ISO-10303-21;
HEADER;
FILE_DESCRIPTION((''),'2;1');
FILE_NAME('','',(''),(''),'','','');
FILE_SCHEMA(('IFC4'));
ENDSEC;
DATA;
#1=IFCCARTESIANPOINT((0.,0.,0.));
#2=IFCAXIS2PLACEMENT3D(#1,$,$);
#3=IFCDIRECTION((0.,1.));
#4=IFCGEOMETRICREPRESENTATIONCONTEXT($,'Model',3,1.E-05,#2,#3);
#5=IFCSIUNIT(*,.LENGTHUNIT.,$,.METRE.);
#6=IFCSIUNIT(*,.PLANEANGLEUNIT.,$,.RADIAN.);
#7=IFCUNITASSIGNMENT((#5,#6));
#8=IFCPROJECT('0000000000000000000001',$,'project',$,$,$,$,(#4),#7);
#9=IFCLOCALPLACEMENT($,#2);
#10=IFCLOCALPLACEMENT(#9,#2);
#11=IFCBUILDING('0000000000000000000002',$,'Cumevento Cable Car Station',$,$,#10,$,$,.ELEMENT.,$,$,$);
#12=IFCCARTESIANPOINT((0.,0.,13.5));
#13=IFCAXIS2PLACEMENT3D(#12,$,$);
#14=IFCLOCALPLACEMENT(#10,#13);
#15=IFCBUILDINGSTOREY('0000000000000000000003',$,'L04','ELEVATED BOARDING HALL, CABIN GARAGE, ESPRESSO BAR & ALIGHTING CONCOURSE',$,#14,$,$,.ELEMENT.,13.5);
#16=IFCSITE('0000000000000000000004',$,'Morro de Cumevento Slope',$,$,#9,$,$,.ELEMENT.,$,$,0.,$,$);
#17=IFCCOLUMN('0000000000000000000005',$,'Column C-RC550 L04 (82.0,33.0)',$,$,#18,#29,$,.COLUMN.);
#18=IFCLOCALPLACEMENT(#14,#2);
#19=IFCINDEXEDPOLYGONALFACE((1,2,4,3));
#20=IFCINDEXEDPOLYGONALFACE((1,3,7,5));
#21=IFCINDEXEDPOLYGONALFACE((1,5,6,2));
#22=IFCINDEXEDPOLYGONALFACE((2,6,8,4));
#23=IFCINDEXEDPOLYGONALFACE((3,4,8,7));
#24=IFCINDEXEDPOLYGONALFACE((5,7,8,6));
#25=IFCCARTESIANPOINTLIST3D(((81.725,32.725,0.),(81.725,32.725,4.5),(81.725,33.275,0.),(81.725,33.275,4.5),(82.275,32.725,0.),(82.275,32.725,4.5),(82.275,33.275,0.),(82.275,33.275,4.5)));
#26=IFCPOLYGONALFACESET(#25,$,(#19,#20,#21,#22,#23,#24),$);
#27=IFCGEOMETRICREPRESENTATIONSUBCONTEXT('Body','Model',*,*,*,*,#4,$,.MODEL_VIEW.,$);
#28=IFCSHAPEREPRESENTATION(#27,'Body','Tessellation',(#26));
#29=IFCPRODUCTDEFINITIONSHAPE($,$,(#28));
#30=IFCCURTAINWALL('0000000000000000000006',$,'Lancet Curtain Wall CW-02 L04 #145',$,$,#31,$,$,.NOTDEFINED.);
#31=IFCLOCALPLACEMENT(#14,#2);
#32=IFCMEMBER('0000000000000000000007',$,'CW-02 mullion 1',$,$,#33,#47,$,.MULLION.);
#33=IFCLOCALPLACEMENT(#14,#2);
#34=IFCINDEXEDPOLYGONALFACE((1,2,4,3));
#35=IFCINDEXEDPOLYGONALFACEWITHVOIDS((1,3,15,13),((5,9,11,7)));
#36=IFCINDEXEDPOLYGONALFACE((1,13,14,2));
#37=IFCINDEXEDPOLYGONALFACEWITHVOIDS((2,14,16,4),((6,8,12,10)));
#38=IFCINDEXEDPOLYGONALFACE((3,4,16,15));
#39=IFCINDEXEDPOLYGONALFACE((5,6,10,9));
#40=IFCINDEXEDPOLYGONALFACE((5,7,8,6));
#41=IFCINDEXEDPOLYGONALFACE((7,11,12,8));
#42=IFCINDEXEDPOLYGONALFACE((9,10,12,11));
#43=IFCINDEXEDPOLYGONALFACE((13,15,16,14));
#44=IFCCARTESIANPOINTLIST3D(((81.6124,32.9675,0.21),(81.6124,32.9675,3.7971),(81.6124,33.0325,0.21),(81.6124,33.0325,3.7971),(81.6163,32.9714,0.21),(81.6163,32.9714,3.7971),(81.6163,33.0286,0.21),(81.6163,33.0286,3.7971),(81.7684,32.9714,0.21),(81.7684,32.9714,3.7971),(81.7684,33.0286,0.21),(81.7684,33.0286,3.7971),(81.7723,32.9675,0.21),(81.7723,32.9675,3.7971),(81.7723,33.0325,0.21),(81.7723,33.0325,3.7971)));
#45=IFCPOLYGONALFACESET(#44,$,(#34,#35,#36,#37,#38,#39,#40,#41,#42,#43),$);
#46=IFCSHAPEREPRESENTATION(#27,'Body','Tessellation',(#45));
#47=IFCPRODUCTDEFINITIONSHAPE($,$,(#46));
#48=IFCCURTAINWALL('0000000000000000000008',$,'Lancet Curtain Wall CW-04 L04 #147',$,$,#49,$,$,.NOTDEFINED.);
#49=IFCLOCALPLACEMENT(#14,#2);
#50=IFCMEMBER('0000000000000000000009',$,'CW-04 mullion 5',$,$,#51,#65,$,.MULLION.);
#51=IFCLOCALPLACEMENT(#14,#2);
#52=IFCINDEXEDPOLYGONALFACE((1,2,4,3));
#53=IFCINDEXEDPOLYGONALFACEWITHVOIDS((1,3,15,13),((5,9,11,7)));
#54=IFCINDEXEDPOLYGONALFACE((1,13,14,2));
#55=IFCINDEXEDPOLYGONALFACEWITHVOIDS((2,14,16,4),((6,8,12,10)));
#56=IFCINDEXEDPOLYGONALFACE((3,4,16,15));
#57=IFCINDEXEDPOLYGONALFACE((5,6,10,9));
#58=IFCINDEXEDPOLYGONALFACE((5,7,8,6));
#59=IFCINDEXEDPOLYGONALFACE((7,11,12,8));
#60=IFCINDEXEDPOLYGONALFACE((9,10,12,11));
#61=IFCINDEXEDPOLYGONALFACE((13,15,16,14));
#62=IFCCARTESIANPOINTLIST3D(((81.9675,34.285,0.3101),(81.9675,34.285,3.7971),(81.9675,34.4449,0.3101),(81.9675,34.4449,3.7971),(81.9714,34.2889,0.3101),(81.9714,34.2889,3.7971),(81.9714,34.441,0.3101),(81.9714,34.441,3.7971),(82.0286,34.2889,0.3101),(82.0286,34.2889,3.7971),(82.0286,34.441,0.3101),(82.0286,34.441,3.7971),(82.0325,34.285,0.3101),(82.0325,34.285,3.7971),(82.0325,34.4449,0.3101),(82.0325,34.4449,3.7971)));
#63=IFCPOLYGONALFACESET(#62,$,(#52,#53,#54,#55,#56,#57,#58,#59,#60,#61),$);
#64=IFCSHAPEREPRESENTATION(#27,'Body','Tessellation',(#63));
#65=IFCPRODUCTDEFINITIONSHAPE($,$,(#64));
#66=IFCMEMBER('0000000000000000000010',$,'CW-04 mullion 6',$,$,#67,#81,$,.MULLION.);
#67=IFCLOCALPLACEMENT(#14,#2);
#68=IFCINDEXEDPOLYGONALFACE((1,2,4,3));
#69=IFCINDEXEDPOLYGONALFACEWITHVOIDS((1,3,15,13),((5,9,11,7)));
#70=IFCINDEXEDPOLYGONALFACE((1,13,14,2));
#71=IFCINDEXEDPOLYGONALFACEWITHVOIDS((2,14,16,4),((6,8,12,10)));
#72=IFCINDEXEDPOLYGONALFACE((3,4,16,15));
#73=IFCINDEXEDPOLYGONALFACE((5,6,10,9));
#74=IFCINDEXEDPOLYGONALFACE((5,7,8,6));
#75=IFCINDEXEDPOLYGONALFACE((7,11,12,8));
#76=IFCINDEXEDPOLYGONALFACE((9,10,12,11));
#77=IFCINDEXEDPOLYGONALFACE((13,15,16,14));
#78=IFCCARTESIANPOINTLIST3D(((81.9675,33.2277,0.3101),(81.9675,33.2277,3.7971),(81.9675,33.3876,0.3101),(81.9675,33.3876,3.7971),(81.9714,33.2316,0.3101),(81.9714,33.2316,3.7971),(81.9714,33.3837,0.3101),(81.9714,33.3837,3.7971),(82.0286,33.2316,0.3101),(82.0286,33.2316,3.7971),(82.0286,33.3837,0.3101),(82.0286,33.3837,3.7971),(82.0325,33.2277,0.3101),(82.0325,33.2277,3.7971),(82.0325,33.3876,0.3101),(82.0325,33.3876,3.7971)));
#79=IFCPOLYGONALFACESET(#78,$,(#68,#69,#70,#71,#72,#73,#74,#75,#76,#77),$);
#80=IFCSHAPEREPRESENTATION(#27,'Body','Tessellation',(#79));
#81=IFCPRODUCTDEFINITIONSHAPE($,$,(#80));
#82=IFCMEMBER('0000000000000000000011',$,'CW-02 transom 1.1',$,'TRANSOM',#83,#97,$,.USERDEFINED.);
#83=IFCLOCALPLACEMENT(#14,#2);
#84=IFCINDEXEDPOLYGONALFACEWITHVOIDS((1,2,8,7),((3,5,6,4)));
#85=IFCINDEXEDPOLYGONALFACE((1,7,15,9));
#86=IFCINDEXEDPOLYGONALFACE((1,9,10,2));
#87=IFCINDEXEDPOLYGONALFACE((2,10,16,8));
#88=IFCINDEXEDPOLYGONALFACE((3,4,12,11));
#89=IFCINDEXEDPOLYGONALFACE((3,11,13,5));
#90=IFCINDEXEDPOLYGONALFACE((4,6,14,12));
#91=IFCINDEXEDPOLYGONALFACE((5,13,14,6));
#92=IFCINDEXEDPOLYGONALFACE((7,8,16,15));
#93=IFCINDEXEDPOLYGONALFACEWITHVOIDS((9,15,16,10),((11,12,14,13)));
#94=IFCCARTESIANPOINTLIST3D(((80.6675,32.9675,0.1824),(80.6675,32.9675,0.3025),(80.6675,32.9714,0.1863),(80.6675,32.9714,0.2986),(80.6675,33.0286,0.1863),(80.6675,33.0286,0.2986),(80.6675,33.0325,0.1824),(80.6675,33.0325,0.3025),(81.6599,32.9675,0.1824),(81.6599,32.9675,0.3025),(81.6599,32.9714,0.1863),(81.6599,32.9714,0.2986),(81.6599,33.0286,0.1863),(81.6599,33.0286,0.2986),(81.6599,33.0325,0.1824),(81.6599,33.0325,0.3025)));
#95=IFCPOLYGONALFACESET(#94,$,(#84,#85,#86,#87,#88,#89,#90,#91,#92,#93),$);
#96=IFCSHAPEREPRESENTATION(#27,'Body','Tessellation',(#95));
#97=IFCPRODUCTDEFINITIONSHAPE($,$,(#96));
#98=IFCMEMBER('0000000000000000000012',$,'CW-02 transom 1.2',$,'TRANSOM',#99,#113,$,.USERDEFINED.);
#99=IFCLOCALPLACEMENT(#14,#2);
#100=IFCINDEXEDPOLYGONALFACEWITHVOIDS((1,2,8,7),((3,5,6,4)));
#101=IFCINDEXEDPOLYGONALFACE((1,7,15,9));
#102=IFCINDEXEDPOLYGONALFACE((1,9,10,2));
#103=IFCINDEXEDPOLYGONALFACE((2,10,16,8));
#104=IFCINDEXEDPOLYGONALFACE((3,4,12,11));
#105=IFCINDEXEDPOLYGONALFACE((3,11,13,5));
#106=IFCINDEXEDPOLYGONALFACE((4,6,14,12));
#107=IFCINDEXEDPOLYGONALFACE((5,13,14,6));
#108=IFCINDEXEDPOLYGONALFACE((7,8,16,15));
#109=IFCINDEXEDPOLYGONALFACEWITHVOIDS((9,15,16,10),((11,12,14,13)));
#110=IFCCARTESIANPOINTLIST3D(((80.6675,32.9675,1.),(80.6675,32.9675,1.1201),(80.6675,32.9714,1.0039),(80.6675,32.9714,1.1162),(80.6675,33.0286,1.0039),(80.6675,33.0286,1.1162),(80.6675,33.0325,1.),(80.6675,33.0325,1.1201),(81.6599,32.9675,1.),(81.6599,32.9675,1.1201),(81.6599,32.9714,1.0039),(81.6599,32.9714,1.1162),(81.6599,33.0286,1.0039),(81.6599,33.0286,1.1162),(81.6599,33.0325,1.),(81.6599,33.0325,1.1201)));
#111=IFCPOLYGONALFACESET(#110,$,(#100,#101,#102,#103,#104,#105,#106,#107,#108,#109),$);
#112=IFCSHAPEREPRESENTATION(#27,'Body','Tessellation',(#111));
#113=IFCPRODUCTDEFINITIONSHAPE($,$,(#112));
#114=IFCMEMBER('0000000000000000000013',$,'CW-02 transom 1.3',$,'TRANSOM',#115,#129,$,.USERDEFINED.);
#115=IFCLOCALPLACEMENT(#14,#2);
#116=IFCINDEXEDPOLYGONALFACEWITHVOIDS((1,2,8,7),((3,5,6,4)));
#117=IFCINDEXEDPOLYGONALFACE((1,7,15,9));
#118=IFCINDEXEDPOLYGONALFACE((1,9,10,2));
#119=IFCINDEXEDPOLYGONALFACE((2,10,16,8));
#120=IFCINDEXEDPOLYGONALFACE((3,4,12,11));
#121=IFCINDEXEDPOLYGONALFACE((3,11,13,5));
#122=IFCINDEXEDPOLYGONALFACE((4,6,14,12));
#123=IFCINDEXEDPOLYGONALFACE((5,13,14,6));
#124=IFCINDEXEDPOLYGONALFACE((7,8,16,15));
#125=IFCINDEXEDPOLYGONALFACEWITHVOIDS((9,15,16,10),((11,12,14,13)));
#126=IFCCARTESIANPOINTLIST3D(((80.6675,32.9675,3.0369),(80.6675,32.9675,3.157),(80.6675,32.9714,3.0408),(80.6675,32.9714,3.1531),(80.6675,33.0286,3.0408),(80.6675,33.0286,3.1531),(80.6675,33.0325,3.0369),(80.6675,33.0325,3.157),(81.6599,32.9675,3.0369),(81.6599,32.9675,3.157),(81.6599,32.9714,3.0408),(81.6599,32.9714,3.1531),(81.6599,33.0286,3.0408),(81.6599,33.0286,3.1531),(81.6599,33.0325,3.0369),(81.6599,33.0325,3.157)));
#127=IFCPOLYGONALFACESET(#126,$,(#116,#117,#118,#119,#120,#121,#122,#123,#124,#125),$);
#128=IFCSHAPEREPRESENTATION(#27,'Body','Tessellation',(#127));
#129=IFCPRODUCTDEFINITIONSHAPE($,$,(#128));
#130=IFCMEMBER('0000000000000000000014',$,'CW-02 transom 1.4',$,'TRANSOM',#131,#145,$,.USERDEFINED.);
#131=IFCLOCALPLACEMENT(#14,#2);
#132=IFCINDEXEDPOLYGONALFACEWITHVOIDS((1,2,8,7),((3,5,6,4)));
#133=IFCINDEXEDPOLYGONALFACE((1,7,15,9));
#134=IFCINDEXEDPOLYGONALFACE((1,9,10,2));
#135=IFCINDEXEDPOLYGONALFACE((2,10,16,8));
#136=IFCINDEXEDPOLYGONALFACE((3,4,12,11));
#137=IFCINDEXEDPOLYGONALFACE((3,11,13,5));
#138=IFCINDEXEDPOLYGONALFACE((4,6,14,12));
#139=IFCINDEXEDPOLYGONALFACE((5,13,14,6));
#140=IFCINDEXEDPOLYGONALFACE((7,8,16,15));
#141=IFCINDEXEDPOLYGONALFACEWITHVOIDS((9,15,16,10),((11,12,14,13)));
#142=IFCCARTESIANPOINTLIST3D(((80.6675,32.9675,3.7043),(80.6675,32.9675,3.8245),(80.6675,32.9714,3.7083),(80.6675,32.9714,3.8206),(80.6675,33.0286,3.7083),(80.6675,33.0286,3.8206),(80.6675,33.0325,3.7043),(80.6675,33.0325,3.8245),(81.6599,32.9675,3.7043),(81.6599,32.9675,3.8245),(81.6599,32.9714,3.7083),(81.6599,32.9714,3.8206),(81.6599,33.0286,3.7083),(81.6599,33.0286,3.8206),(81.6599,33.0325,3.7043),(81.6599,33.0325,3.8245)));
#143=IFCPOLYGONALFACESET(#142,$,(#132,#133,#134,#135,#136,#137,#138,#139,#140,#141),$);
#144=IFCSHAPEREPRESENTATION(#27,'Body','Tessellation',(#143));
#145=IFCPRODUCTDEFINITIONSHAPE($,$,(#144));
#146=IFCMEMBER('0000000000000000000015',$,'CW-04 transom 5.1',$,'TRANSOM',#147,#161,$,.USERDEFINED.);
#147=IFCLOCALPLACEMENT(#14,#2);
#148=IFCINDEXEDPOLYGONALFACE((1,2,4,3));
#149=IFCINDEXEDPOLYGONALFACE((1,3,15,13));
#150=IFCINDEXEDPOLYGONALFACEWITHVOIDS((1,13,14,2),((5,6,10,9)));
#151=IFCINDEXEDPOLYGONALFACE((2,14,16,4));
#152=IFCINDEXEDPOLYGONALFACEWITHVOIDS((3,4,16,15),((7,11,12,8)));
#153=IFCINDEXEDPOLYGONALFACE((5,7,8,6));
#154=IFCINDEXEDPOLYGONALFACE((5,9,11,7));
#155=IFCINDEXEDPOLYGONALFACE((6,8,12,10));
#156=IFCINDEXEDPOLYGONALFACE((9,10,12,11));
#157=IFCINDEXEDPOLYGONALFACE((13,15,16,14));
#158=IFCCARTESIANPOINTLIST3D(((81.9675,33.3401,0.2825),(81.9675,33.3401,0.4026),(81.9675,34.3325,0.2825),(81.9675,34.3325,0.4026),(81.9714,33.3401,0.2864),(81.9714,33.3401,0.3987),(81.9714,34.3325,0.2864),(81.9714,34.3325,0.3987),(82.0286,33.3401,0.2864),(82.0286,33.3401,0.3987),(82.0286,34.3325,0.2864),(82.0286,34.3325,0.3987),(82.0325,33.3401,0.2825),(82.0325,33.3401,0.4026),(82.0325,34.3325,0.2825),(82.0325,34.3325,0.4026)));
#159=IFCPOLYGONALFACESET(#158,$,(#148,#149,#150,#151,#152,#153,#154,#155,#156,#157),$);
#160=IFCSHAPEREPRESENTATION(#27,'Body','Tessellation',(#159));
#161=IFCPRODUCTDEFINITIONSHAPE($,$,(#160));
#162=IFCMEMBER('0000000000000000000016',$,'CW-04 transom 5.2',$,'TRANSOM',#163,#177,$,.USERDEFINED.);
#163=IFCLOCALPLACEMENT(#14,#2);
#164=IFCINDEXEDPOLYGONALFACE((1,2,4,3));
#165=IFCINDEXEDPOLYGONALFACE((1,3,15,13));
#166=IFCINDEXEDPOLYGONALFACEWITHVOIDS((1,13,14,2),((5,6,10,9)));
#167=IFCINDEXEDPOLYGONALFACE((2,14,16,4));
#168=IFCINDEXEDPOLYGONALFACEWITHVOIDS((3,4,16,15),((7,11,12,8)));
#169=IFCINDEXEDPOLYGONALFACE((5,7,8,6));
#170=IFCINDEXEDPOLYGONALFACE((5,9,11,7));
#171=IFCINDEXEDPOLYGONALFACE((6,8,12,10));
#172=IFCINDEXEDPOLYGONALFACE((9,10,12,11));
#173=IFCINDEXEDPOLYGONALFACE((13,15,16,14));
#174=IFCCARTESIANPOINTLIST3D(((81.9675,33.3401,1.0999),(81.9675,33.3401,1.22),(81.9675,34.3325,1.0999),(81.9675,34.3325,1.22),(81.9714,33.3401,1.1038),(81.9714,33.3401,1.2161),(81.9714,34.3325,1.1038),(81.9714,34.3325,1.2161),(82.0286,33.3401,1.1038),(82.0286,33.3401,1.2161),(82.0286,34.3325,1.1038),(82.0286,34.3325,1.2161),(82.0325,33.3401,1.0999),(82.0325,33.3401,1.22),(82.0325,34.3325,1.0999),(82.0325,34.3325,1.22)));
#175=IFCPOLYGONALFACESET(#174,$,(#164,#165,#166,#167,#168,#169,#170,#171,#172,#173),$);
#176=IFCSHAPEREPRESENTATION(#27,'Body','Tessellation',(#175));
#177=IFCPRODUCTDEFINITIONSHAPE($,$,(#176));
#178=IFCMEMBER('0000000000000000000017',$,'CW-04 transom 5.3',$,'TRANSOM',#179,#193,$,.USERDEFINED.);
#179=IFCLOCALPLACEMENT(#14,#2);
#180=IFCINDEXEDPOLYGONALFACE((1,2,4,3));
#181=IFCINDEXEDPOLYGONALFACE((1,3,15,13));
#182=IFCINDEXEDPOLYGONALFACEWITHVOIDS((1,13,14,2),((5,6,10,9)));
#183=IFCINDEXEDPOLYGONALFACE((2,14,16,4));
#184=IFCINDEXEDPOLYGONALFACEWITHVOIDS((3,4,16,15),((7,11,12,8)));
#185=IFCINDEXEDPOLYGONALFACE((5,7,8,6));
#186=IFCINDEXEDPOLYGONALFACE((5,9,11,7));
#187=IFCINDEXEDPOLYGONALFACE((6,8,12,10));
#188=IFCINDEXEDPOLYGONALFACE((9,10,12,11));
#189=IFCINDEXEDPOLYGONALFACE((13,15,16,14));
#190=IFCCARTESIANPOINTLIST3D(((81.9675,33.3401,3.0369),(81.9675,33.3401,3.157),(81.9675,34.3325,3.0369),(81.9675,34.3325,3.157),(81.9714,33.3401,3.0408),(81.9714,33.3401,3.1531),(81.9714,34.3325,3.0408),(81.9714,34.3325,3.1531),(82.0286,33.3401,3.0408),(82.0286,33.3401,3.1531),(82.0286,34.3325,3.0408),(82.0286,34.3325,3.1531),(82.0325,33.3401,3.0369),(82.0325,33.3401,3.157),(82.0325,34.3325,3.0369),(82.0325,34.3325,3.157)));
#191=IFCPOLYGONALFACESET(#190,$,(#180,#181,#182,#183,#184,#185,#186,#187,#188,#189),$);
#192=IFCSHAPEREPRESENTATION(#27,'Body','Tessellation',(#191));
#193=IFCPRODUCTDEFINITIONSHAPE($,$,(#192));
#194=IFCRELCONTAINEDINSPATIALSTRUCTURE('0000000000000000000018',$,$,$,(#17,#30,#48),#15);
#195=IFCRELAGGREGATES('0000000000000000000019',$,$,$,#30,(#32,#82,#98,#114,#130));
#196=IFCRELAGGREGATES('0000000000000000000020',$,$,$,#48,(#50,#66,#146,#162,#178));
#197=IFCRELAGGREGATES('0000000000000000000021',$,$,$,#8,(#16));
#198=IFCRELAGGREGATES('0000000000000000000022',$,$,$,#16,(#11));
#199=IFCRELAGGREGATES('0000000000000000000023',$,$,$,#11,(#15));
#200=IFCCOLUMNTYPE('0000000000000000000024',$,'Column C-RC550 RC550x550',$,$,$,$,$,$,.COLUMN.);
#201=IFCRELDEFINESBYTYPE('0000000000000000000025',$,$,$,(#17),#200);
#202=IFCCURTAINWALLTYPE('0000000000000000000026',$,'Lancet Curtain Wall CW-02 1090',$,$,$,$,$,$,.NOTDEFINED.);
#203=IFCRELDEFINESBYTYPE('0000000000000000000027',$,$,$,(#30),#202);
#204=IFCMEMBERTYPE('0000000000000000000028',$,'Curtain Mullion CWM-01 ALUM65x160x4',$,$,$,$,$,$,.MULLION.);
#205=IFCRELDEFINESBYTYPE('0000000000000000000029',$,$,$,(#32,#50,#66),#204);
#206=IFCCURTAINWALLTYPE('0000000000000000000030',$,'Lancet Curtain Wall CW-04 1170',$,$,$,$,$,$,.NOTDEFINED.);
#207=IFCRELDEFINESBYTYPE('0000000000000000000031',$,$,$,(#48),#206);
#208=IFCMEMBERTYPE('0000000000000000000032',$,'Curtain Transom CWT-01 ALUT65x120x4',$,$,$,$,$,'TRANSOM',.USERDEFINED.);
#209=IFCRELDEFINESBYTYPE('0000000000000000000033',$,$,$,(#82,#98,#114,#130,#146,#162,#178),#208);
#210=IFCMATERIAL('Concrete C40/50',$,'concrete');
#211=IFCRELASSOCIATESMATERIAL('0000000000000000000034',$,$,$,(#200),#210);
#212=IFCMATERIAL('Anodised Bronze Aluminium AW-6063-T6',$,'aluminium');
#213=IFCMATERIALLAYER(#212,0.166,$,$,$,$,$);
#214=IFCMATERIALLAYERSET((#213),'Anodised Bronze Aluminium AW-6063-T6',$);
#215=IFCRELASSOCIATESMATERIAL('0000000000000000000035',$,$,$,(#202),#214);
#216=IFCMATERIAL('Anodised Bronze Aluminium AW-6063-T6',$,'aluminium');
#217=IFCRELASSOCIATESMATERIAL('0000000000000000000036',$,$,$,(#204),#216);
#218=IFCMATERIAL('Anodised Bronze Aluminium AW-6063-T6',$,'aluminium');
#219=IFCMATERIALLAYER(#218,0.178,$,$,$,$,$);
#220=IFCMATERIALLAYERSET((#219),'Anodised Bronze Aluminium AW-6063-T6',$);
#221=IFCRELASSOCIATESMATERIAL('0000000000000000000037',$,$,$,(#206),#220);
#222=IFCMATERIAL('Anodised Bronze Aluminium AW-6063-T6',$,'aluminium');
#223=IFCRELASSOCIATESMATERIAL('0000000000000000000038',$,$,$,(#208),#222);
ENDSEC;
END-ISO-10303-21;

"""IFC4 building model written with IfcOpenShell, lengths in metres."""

from ifc_helpers import new_model, si_unit, direction, frame, origin, origin_2d, place, context, subcontext, project, spatial, rectangle, hollow_rectangle, extrude, material, layer, layer_set, material_profile, profile_set, type_object, element, aggregate, save


model = new_model("IFC4")

# Units and contexts
model_context = context("Model", 3, precision=1e-05, world=origin(), true_north=direction((0.0, 1.0)))
body_context = subcontext(model_context, "Body", "Model", "MODEL_VIEW")
ifc_project = project(units=[si_unit("LENGTHUNIT", "METRE"), si_unit("PLANEANGLEUNIT", "RADIAN")], contexts=[model_context])

# Site, building, storey
site_placement = place(None, origin())
site = spatial("IfcSite", under=ifc_project, at=site_placement, Name="Morro de Cumevento Slope", CompositionType="ELEMENT", RefElevation=0.0)
building_placement = place(site_placement, origin())
building = spatial("IfcBuilding", under=site, at=building_placement, Name="Cumevento Cable Car Station", CompositionType="ELEMENT")
storey_placement = place(building_placement, frame((0.0, 0.0, 13.5)))
storey = spatial("IfcBuildingStorey", under=building, at=storey_placement, Name="L04", Description="ELEVATED BOARDING HALL, CABIN GARAGE, ESPRESSO BAR & ALIGHTING CONCOURSE", CompositionType="ELEMENT", Elevation=13.5)

# Column
ifc_material_1 = material(Name="Concrete C40/50", Category="concrete")
ifc_material_profile_1 = material_profile(ifc_material_1, rectangle(XDim=0.55, YDim=0.55, at=origin_2d()), Name="RC550x550")
ifc_profile_set_1 = profile_set([ifc_material_profile_1], Name="Concrete C40/50")
column_type = type_object("IfcColumnType", Name="Column C-RC550 RC550x550", PredefinedType="COLUMN", material=ifc_profile_set_1)
column_placement = place(storey_placement, frame((82.0, 33.0, 0.0), z_axis=(0.0, 0.0, 1.0), x_axis=(1.0, 0.0, 0.0)))
element("IfcColumn", 1, at=column_placement, inside=storey, type_object=column_type, Name="Column C-RC550 L04 (82.0,33.0)", PredefinedType="COLUMN", context=body_context, shape_type="SweptSolid", body=[
    extrude(rectangle(XDim=0.55, YDim=0.55, at=origin_2d()), origin(), (0.0, 0.0, 1.0), 4.5),
])

# Curtain wall, member
ifc_material_2 = material(Name="Anodised Bronze Aluminium AW-6063-T6", Category="aluminium")
ifc_layer_1 = layer(ifc_material_2, 0.166)
ifc_layer_set_1 = layer_set([ifc_layer_1], Name="Anodised Bronze Aluminium AW-6063-T6")
curtain_wall_type_1 = type_object("IfcCurtainWallType", Name="Lancet Curtain Wall CW-02 1090", PredefinedType="NOTDEFINED", material=ifc_layer_set_1)
curtain_wall_1_placement = place(storey_placement, origin())
curtain_wall_1 = element("IfcCurtainWall", 2, at=curtain_wall_1_placement, inside=storey, type_object=curtain_wall_type_1, Name="Lancet Curtain Wall CW-02 L04 #145", PredefinedType="NOTDEFINED")
ifc_material_3 = material(Name="Anodised Bronze Aluminium AW-6063-T6", Category="aluminium")
ifc_material_profile_2 = material_profile(ifc_material_3, hollow_rectangle(XDim=0.0649, YDim=0.1599, WallThickness=0.0039, at=origin_2d()), Name="ALUM65x160x4")
ifc_profile_set_2 = profile_set([ifc_material_profile_2], Name="Anodised Bronze Aluminium AW-6063-T6")
member_type_1 = type_object("IfcMemberType", Name="Curtain Mullion CWM-01 ALUM65x160x4", PredefinedType="MULLION", material=ifc_profile_set_2)
member_1_placement = place(storey_placement, frame((81.6924, 33.0, 0.21), z_axis=(0.0, 0.0, 1.0), x_axis=(0.0, -1.0, 0.0)))
member_1 = element("IfcMember", 3, at=member_1_placement, type_object=member_type_1, Name="CW-02 mullion 1", PredefinedType="MULLION", context=body_context, shape_type="SweptSolid", body=[
    extrude(hollow_rectangle(XDim=0.0649, YDim=0.1599, WallThickness=0.0039, at=origin_2d()), origin(), (0.0, 0.0, 1.0), 3.5872),
])

# Curtain wall, members
ifc_material_4 = material(Name="Anodised Bronze Aluminium AW-6063-T6", Category="aluminium")
ifc_layer_2 = layer(ifc_material_4, 0.178)
ifc_layer_set_2 = layer_set([ifc_layer_2], Name="Anodised Bronze Aluminium AW-6063-T6")
curtain_wall_type_2 = type_object("IfcCurtainWallType", Name="Lancet Curtain Wall CW-04 1170", PredefinedType="NOTDEFINED", material=ifc_layer_set_2)
curtain_wall_2_placement = place(storey_placement, origin())
curtain_wall_2 = element("IfcCurtainWall", 4, at=curtain_wall_2_placement, inside=storey, type_object=curtain_wall_type_2, Name="Lancet Curtain Wall CW-04 L04 #147", PredefinedType="NOTDEFINED")
member_2_placement = place(storey_placement, frame((82.0, 34.365, 0.3101), z_axis=(0.0, 0.0, 1.0), x_axis=(1.0, 0.0, 0.0)))
member_2 = element("IfcMember", 5, at=member_2_placement, type_object=member_type_1, Name="CW-04 mullion 5", PredefinedType="MULLION", context=body_context, shape_type="SweptSolid", body=[
    extrude(hollow_rectangle(XDim=0.0649, YDim=0.1599, WallThickness=0.0039, at=origin_2d()), origin(), (0.0, 0.0, 1.0), 3.4871),
])
member_3_placement = place(storey_placement, frame((82.0, 33.3076, 0.3101), z_axis=(0.0, 0.0, 1.0), x_axis=(1.0, 0.0, 0.0)))
member_3 = element("IfcMember", 6, at=member_3_placement, type_object=member_type_1, Name="CW-04 mullion 6", PredefinedType="MULLION", context=body_context, shape_type="SweptSolid", body=[
    extrude(hollow_rectangle(XDim=0.0649, YDim=0.1599, WallThickness=0.0039, at=origin_2d()), origin(), (0.0, 0.0, 1.0), 3.4871),
])

# Members
ifc_material_5 = material(Name="Anodised Bronze Aluminium AW-6063-T6", Category="aluminium")
ifc_material_profile_3 = material_profile(ifc_material_5, hollow_rectangle(XDim=0.0649, YDim=0.1201, WallThickness=0.0039, at=origin_2d()), Name="ALUT65x120x4")
ifc_profile_set_3 = profile_set([ifc_material_profile_3], Name="Anodised Bronze Aluminium AW-6063-T6")
member_type_2 = type_object("IfcMemberType", Name="Curtain Transom CWT-01 ALUT65x120x4", ElementType="TRANSOM", PredefinedType="USERDEFINED", material=ifc_profile_set_3)
member_4_placement = place(storey_placement, frame((81.6599, 33.0, 0.2424), z_axis=(-1.0, 0.0, 0.0), x_axis=(0.0, -1.0, 0.0)))
member_4 = element("IfcMember", 7, at=member_4_placement, type_object=member_type_2, Name="CW-02 transom 1.1", ObjectType="TRANSOM", PredefinedType="USERDEFINED", context=body_context, shape_type="SweptSolid", body=[
    extrude(hollow_rectangle(XDim=0.0649, YDim=0.1201, WallThickness=0.0039, at=origin_2d()), origin(), (0.0, 0.0, 1.0), 0.9924),
])
member_5_placement = place(storey_placement, frame((81.6599, 33.0, 1.0601), z_axis=(-1.0, 0.0, 0.0), x_axis=(0.0, -1.0, 0.0)))
member_5 = element("IfcMember", 8, at=member_5_placement, type_object=member_type_2, Name="CW-02 transom 1.2", ObjectType="TRANSOM", PredefinedType="USERDEFINED", context=body_context, shape_type="SweptSolid", body=[
    extrude(hollow_rectangle(XDim=0.0649, YDim=0.1201, WallThickness=0.0039, at=origin_2d()), origin(), (0.0, 0.0, 1.0), 0.9924),
])
member_6_placement = place(storey_placement, frame((81.6599, 33.0, 3.0969), z_axis=(-1.0, 0.0, 0.0), x_axis=(0.0, -1.0, 0.0)))
member_6 = element("IfcMember", 9, at=member_6_placement, type_object=member_type_2, Name="CW-02 transom 1.3", ObjectType="TRANSOM", PredefinedType="USERDEFINED", context=body_context, shape_type="SweptSolid", body=[
    extrude(hollow_rectangle(XDim=0.0649, YDim=0.1201, WallThickness=0.0039, at=origin_2d()), origin(), (0.0, 0.0, 1.0), 0.9924),
])
member_7_placement = place(storey_placement, frame((81.6599, 33.0, 3.7644), z_axis=(-1.0, 0.0, 0.0), x_axis=(0.0, -1.0, 0.0)))
member_7 = element("IfcMember", 10, at=member_7_placement, type_object=member_type_2, Name="CW-02 transom 1.4", ObjectType="TRANSOM", PredefinedType="USERDEFINED", context=body_context, shape_type="SweptSolid", body=[
    extrude(hollow_rectangle(XDim=0.0649, YDim=0.1201, WallThickness=0.0039, at=origin_2d()), origin(), (0.0, 0.0, 1.0), 0.9924),
])
aggregate(curtain_wall_1, [member_1, member_4, member_5, member_6, member_7])
member_8_placement = place(storey_placement, frame((82.0, 34.3325, 0.3425), z_axis=(0.0, -1.0, 0.0), x_axis=(1.0, 0.0, 0.0)))
member_8 = element("IfcMember", 11, at=member_8_placement, type_object=member_type_2, Name="CW-04 transom 5.1", ObjectType="TRANSOM", PredefinedType="USERDEFINED", context=body_context, shape_type="SweptSolid", body=[
    extrude(hollow_rectangle(XDim=0.0649, YDim=0.1201, WallThickness=0.0039, at=origin_2d()), origin(), (0.0, 0.0, 1.0), 0.9924),
])
member_9_placement = place(storey_placement, frame((82.0, 34.3325, 1.1599), z_axis=(0.0, -1.0, 0.0), x_axis=(1.0, 0.0, 0.0)))
member_9 = element("IfcMember", 12, at=member_9_placement, type_object=member_type_2, Name="CW-04 transom 5.2", ObjectType="TRANSOM", PredefinedType="USERDEFINED", context=body_context, shape_type="SweptSolid", body=[
    extrude(hollow_rectangle(XDim=0.0649, YDim=0.1201, WallThickness=0.0039, at=origin_2d()), origin(), (0.0, 0.0, 1.0), 0.9924),
])
member_10_placement = place(storey_placement, frame((82.0, 34.3325, 3.0969), z_axis=(0.0, -1.0, 0.0), x_axis=(1.0, 0.0, 0.0)))
member_10 = element("IfcMember", 13, at=member_10_placement, type_object=member_type_2, Name="CW-04 transom 5.3", ObjectType="TRANSOM", PredefinedType="USERDEFINED", context=body_context, shape_type="SweptSolid", body=[
    extrude(hollow_rectangle(XDim=0.0649, YDim=0.1201, WallThickness=0.0039, at=origin_2d()), origin(), (0.0, 0.0, 1.0), 0.9924),
])

aggregate(curtain_wall_2, [member_2, member_3, member_8, member_9, member_10])

save(model, "model.ifc")
